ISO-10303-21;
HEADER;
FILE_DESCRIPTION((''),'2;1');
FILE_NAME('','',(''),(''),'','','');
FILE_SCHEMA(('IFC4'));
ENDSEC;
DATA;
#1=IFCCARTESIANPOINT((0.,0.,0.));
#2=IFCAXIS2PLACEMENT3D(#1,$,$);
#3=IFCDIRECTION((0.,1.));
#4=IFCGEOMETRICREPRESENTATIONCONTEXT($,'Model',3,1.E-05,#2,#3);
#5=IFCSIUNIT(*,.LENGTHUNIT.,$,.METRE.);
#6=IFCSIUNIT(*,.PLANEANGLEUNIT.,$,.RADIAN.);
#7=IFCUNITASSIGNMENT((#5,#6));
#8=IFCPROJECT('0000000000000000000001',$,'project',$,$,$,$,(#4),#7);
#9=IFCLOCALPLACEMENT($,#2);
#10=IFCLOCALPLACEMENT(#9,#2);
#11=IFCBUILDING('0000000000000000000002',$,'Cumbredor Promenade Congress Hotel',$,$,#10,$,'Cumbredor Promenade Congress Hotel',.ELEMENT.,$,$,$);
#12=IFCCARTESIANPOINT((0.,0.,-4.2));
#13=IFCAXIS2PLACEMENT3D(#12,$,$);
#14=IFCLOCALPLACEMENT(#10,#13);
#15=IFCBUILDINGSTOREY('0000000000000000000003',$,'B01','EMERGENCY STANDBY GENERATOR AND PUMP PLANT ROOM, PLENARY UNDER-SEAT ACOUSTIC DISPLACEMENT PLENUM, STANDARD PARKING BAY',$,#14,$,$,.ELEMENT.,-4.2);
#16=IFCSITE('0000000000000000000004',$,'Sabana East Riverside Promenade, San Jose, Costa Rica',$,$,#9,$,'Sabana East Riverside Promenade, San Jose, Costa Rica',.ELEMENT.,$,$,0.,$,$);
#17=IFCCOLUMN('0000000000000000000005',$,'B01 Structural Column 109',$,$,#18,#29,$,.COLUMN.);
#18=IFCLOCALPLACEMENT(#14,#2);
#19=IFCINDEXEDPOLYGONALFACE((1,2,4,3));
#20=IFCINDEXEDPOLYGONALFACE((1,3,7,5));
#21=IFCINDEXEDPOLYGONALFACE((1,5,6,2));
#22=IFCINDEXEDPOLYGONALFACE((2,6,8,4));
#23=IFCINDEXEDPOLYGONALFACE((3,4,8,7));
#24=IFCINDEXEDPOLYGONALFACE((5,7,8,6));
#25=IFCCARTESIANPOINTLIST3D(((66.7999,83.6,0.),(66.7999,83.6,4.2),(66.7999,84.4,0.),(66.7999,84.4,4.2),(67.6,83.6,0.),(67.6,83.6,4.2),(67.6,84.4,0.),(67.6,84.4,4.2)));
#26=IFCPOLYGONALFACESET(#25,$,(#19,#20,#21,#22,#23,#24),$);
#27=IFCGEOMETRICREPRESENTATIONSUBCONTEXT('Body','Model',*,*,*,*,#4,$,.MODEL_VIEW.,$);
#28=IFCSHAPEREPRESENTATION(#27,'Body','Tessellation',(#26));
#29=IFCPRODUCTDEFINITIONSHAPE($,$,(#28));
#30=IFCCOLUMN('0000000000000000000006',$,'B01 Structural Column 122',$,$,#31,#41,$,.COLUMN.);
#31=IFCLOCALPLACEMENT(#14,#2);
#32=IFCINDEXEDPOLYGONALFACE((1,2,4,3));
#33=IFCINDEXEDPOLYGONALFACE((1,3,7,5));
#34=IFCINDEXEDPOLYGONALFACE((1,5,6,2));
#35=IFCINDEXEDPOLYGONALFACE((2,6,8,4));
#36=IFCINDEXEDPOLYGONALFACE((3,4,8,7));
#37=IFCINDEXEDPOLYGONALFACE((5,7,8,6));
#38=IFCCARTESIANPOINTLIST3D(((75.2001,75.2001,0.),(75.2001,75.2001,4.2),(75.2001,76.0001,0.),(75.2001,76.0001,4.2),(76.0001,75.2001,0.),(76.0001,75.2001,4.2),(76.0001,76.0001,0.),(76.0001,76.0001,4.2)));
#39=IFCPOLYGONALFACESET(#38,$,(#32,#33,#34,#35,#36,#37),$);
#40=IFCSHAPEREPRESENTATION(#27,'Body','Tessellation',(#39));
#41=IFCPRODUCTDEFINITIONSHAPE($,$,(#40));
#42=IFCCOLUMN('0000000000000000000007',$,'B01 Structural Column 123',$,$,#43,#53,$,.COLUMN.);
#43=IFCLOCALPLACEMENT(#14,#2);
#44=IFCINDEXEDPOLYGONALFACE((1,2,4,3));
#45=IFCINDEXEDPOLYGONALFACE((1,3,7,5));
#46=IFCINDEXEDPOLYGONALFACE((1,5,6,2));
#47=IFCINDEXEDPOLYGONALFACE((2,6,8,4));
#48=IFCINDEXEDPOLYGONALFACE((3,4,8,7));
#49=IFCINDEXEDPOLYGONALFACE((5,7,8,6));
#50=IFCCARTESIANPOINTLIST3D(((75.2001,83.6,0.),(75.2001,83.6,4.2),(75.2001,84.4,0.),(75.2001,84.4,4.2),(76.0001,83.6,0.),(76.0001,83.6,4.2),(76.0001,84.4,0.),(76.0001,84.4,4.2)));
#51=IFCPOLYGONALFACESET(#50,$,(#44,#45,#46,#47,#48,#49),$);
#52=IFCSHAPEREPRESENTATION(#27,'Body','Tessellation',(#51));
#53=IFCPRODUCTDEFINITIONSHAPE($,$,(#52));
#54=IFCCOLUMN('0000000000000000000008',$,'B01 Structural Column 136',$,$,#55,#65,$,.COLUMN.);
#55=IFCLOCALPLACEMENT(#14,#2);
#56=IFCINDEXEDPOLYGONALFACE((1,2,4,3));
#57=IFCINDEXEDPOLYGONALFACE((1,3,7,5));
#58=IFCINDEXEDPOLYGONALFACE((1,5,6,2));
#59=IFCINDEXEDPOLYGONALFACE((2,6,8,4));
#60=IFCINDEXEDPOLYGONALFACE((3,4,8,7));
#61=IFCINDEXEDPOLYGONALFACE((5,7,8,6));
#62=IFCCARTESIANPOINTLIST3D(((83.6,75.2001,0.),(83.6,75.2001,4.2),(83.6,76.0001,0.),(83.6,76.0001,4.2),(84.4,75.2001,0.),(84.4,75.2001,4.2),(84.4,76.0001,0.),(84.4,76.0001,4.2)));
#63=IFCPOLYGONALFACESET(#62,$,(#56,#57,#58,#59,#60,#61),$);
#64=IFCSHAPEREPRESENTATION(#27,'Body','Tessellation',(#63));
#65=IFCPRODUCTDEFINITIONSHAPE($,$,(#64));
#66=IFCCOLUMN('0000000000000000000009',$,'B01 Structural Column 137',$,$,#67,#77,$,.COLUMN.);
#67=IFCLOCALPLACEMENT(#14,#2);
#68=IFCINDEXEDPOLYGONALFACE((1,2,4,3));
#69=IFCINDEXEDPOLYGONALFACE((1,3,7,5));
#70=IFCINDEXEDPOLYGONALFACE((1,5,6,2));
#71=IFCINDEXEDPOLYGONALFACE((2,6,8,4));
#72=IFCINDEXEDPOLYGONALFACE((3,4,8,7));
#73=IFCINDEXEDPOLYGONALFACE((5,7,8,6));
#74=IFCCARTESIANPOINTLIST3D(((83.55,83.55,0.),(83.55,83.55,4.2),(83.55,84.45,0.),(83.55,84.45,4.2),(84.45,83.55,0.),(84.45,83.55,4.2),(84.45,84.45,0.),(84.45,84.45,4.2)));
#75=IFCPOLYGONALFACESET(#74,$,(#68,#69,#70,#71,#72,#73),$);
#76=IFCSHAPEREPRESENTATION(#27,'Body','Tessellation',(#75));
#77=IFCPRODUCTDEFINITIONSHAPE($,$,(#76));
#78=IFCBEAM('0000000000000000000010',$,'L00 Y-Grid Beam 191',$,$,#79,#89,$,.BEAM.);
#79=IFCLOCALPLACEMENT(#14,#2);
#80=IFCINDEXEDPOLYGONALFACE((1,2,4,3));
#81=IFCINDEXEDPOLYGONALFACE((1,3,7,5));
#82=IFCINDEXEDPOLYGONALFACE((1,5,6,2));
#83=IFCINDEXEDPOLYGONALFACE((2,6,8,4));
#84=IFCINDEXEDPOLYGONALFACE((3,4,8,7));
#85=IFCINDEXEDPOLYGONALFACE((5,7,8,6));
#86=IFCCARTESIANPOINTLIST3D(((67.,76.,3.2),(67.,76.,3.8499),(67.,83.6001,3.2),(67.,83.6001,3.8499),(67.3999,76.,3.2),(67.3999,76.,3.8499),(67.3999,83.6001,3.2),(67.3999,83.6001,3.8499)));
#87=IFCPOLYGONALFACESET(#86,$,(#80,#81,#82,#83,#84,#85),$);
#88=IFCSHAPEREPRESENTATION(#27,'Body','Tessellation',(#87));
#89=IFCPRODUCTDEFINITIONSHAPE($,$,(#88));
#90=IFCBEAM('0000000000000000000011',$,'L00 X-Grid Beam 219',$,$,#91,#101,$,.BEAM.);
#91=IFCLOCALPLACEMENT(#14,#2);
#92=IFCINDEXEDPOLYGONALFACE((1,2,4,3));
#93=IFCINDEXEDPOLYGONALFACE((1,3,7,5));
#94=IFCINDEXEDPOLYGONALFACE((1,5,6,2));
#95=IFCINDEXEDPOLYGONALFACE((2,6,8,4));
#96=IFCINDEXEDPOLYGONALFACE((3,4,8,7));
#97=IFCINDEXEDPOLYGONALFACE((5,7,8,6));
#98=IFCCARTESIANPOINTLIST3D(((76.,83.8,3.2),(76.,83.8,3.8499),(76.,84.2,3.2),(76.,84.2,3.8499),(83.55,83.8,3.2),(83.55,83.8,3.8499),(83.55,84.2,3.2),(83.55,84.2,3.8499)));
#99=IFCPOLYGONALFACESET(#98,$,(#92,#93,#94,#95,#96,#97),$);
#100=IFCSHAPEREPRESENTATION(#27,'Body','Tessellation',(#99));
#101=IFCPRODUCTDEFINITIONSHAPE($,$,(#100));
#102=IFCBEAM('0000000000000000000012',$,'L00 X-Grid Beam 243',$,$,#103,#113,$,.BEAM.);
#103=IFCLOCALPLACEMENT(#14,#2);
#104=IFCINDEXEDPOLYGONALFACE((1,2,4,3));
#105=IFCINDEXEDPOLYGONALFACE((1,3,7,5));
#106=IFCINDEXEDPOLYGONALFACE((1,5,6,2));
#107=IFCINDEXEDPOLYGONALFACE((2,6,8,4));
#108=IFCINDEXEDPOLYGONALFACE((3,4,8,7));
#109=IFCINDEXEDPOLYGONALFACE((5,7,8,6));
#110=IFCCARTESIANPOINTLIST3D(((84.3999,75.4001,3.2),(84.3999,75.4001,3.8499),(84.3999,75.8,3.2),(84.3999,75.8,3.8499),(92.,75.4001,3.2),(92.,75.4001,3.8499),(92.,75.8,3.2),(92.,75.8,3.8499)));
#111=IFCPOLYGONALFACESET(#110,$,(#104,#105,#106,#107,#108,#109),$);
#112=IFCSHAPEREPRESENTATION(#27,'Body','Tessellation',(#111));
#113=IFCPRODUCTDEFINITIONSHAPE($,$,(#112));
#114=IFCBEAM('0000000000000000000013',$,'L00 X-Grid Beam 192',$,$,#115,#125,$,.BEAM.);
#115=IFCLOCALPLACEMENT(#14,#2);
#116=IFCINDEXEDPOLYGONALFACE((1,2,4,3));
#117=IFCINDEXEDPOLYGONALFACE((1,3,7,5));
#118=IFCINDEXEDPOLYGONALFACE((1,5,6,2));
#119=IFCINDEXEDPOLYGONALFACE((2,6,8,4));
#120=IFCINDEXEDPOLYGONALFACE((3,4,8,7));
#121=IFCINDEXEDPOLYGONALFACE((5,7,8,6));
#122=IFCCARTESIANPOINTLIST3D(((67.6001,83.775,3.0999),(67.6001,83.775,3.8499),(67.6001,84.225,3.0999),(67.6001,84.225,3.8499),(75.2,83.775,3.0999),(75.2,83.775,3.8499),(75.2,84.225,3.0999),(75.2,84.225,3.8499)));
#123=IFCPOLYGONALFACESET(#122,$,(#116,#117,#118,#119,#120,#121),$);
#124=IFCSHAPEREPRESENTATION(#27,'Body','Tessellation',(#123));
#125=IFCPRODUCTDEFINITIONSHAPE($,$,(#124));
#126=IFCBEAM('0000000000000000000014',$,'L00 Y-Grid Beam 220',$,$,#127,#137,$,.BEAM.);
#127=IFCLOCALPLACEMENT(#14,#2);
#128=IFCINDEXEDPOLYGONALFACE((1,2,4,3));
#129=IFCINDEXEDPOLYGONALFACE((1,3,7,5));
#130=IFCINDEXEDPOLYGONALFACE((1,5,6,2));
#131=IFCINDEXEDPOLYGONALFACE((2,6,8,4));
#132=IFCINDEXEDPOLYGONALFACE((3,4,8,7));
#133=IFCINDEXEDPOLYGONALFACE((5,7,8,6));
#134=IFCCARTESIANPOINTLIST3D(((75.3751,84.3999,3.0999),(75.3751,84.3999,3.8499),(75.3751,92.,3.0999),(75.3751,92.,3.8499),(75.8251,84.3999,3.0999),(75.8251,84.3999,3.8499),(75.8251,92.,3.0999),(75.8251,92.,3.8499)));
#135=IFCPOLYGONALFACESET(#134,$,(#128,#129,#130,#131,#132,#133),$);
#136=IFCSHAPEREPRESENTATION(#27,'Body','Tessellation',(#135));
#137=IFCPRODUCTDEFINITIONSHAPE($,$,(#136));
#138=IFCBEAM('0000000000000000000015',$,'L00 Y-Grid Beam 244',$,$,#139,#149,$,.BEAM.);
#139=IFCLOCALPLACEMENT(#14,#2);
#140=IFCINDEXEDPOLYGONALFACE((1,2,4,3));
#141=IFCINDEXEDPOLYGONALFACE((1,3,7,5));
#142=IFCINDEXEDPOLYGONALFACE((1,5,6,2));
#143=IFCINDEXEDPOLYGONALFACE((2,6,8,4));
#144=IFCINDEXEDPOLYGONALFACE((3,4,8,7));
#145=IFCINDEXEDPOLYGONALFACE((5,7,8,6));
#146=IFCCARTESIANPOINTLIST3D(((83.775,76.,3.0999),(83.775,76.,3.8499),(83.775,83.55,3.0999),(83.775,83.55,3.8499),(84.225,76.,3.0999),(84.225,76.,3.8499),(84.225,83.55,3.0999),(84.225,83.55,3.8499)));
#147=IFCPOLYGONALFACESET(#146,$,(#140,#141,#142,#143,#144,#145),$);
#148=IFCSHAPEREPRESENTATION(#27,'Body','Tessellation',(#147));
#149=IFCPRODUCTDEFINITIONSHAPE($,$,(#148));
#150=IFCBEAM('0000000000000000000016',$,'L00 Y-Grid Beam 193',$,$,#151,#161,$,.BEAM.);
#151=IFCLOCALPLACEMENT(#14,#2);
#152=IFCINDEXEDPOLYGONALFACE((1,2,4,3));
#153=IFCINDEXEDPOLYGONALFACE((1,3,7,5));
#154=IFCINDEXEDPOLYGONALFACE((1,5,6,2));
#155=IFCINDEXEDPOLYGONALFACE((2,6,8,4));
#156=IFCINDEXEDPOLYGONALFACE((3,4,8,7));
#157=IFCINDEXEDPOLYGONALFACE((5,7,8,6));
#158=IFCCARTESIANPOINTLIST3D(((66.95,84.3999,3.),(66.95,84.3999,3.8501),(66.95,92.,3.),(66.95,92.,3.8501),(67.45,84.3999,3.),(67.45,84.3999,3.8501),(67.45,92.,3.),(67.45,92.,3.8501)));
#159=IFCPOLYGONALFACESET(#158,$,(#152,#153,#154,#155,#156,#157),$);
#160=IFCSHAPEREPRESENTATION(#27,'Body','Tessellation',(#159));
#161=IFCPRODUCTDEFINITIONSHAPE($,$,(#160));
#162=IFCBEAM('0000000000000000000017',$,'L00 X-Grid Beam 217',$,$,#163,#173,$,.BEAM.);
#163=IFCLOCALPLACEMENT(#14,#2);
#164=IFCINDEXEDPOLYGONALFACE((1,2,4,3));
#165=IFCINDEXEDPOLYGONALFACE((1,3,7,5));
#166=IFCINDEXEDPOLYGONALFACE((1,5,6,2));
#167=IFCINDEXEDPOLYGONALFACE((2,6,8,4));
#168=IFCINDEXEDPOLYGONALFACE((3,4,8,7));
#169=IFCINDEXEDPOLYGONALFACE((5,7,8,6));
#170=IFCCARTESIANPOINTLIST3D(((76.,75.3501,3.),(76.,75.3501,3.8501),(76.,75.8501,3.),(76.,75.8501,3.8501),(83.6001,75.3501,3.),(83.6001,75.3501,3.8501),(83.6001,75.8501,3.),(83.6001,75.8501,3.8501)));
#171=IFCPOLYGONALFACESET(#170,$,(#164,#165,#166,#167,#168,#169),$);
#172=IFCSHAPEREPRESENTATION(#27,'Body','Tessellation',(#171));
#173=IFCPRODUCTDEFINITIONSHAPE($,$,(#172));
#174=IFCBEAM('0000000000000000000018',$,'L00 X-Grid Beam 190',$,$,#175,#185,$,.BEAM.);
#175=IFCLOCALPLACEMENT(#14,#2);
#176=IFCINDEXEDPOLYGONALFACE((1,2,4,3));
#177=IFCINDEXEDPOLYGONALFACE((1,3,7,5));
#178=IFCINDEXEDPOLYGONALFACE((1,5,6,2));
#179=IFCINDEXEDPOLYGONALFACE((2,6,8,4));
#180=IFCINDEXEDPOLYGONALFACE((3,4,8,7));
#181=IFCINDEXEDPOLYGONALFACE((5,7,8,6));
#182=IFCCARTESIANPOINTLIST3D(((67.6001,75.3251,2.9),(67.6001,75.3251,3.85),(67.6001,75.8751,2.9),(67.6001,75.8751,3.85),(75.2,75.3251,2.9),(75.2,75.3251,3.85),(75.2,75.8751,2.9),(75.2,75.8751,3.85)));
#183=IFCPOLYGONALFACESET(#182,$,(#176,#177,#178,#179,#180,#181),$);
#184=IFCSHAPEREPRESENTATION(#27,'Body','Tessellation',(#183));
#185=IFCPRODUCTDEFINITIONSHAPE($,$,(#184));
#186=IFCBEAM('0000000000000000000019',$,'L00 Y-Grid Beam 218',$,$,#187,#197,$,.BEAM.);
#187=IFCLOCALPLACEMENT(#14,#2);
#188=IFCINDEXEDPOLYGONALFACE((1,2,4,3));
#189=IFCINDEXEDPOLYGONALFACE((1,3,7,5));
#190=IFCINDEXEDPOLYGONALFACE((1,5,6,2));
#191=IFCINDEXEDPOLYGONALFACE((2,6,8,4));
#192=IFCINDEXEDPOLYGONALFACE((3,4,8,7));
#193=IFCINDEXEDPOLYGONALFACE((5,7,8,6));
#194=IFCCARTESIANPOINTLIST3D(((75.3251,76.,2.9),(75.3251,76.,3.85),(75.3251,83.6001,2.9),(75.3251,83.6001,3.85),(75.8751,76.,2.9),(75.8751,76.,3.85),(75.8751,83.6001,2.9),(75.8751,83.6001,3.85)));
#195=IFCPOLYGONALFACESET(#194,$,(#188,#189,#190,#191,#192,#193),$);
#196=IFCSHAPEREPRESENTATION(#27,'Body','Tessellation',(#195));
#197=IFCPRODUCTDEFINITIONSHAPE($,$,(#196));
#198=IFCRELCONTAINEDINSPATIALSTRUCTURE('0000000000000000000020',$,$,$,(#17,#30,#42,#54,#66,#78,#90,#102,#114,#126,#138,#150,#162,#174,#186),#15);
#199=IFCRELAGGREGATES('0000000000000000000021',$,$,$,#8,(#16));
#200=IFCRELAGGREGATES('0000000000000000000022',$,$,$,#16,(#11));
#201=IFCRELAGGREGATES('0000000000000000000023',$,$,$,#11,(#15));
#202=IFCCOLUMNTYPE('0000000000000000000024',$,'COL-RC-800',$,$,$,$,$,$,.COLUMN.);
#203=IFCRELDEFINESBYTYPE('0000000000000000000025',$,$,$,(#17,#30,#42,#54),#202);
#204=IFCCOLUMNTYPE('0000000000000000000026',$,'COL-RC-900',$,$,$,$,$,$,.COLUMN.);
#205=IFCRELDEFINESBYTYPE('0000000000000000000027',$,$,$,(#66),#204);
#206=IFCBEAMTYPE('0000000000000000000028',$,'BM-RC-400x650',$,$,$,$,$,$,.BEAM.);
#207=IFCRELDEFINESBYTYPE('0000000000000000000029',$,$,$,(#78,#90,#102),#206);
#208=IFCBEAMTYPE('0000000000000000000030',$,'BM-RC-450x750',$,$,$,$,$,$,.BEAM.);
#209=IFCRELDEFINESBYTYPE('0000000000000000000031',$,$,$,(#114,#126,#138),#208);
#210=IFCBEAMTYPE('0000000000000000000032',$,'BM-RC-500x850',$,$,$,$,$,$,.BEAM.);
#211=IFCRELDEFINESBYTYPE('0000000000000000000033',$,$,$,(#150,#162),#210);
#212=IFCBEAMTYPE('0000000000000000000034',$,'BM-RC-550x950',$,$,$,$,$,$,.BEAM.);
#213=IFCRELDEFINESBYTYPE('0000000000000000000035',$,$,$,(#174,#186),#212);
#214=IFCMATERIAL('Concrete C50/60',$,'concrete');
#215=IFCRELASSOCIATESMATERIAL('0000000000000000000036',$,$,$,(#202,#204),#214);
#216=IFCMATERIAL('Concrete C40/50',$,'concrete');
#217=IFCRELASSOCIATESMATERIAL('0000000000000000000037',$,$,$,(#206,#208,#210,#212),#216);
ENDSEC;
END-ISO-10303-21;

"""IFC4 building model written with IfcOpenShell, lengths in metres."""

from ifc_helpers import new_model, si_unit, direction, frame, origin, origin_2d, place, context, subcontext, project, spatial, rectangle, extrude, material, material_profile, profile_set, type_object, element, save


model = new_model("IFC4")

# Units and contexts
model_context = context("Model", 3, precision=1e-05, world=origin(), true_north=direction((0.0, 1.0)))
body_context = subcontext(model_context, "Body", "Model", "MODEL_VIEW")
ifc_project = project(units=[si_unit("LENGTHUNIT", "METRE"), si_unit("PLANEANGLEUNIT", "RADIAN")], contexts=[model_context])

# Site, building, storey
site_placement = place(None, origin())
site = spatial("IfcSite", under=ifc_project, at=site_placement, Name="Sabana East Riverside Promenade, San Jose, Costa Rica", LongName="Sabana East Riverside Promenade, San Jose, Costa Rica", CompositionType="ELEMENT", RefElevation=0.0)
building_placement = place(site_placement, origin())
building = spatial("IfcBuilding", under=site, at=building_placement, Name="Cumbredor Promenade Congress Hotel", LongName="Cumbredor Promenade Congress Hotel", CompositionType="ELEMENT")
storey_placement = place(building_placement, frame((0.0, 0.0, -4.2)))
storey = spatial("IfcBuildingStorey", under=building, at=storey_placement, Name="B01", Description="EMERGENCY STANDBY GENERATOR AND PUMP PLANT ROOM, PLENARY UNDER-SEAT ACOUSTIC DISPLACEMENT PLENUM, STANDARD PARKING BAY", CompositionType="ELEMENT", Elevation=-4.2)

# Columns
ifc_material_1 = material(Name="Concrete C50/60", Category="concrete")
ifc_material_profile_1 = material_profile(ifc_material_1, rectangle(XDim=0.8, YDim=0.8, at=origin_2d()), Name="RC 800x800")
ifc_profile_set_1 = profile_set([ifc_material_profile_1], Name="Concrete C50/60")
column_type_1 = type_object("IfcColumnType", Name="COL-RC-800", PredefinedType="COLUMN", material=ifc_profile_set_1)
for number, where, z_axis, x_axis, name in (
    (1, (67.2, 84.0, 0.0), (0.0, 0.0, 1.0), (1.0, 0.0, 0.0), "B01 Structural Column 109"),
    (2, (75.6001, 75.6001, 0.0), (0.0, 0.0, 1.0), (1.0, 0.0, 0.0), "B01 Structural Column 122"),
    (3, (75.6001, 84.0, 0.0), (0.0, 0.0, 1.0), (1.0, 0.0, 0.0), "B01 Structural Column 123"),
    (4, (84.0, 75.6001, 0.0), (0.0, 0.0, 1.0), (1.0, 0.0, 0.0), "B01 Structural Column 136"),
):
    element("IfcColumn", number, at=place(storey_placement, frame(where, z_axis=z_axis, x_axis=x_axis)), inside=storey, type_object=column_type_1, Name=name, PredefinedType="COLUMN", context=body_context, shape_type="SweptSolid", body=[
        extrude(rectangle(XDim=0.8, YDim=0.8, at=origin_2d()), origin(), (0.0, 0.0, 1.0), 4.2),
    ])
ifc_material_profile_2 = material_profile(ifc_material_1, rectangle(XDim=0.8999, YDim=0.8999, at=origin_2d()), Name="RC 900x900")
ifc_profile_set_2 = profile_set([ifc_material_profile_2], Name="Concrete C50/60")
column_type_2 = type_object("IfcColumnType", Name="COL-RC-900", PredefinedType="COLUMN", material=ifc_profile_set_2)
column_placement = place(storey_placement, frame((84.0, 84.0, 0.0), z_axis=(0.0, 0.0, 1.0), x_axis=(1.0, 0.0, 0.0)))
element("IfcColumn", 5, at=column_placement, inside=storey, type_object=column_type_2, Name="B01 Structural Column 137", PredefinedType="COLUMN", context=body_context, shape_type="SweptSolid", body=[
    extrude(rectangle(XDim=0.8999, YDim=0.8999, at=origin_2d()), origin(), (0.0, 0.0, 1.0), 4.2),
])

# Beams
ifc_material_2 = material(Name="Concrete C40/50", Category="concrete")
ifc_material_profile_3 = material_profile(ifc_material_2, rectangle(XDim=0.3999, YDim=0.6499, at=origin_2d()), Name="RC BEAM 400x650")
ifc_profile_set_3 = profile_set([ifc_material_profile_3], Name="Concrete C40/50")
beam_type_1 = type_object("IfcBeamType", Name="BM-RC-400x650", PredefinedType="BEAM", material=ifc_profile_set_3)
beam_1_placement = place(storey_placement, frame((67.2, 76.0, 3.5249), z_axis=(0.0, 1.0, 0.0), x_axis=(-1.0, 0.0, 0.0)))
element("IfcBeam", 6, at=beam_1_placement, inside=storey, type_object=beam_type_1, Name="L00 Y-Grid Beam 191", PredefinedType="BEAM", context=body_context, shape_type="SweptSolid", body=[
    extrude(rectangle(XDim=0.3999, YDim=0.6499, at=origin_2d()), origin(), (0.0, 0.0, 1.0), 7.6001),
])
beam_2_placement = place(storey_placement, frame((76.0, 84.0, 3.5249), z_axis=(1.0, 0.0, 0.0), x_axis=(0.0, 1.0, 0.0)))
element("IfcBeam", 7, at=beam_2_placement, inside=storey, type_object=beam_type_1, Name="L00 X-Grid Beam 219", PredefinedType="BEAM", context=body_context, shape_type="SweptSolid", body=[
    extrude(rectangle(XDim=0.3999, YDim=0.6499, at=origin_2d()), origin(), (0.0, 0.0, 1.0), 7.55),
])
beam_3_placement = place(storey_placement, frame((84.3999, 75.6001, 3.5249), z_axis=(1.0, 0.0, 0.0), x_axis=(0.0, 1.0, 0.0)))
element("IfcBeam", 8, at=beam_3_placement, inside=storey, type_object=beam_type_1, Name="L00 X-Grid Beam 243", PredefinedType="BEAM", context=body_context, shape_type="SweptSolid", body=[
    extrude(rectangle(XDim=0.3999, YDim=0.6499, at=origin_2d()), origin(), (0.0, 0.0, 1.0), 7.6001),
])
ifc_material_profile_4 = material_profile(ifc_material_2, rectangle(XDim=0.45, YDim=0.75, at=origin_2d()), Name="RC BEAM 450x750")
ifc_profile_set_4 = profile_set([ifc_material_profile_4], Name="Concrete C40/50")
beam_type_2 = type_object("IfcBeamType", Name="BM-RC-450x750", PredefinedType="BEAM", material=ifc_profile_set_4)
beam_4_placement = place(storey_placement, frame((67.6001, 84.0, 3.4749), z_axis=(1.0, 0.0, 0.0), x_axis=(0.0, 1.0, 0.0)))
element("IfcBeam", 9, at=beam_4_placement, inside=storey, type_object=beam_type_2, Name="L00 X-Grid Beam 192", PredefinedType="BEAM", context=body_context, shape_type="SweptSolid", body=[
    extrude(rectangle(XDim=0.45, YDim=0.75, at=origin_2d()), origin(), (0.0, 0.0, 1.0), 7.5999),
])
beam_5_placement = place(storey_placement, frame((75.6001, 84.3999, 3.4749), z_axis=(0.0, 1.0, 0.0), x_axis=(-1.0, 0.0, 0.0)))
element("IfcBeam", 10, at=beam_5_placement, inside=storey, type_object=beam_type_2, Name="L00 Y-Grid Beam 220", PredefinedType="BEAM", context=body_context, shape_type="SweptSolid", body=[
    extrude(rectangle(XDim=0.45, YDim=0.75, at=origin_2d()), origin(), (0.0, 0.0, 1.0), 7.6001),
])
beam_6_placement = place(storey_placement, frame((84.0, 76.0, 3.4749), z_axis=(0.0, 1.0, 0.0), x_axis=(-1.0, 0.0, 0.0)))
element("IfcBeam", 11, at=beam_6_placement, inside=storey, type_object=beam_type_2, Name="L00 Y-Grid Beam 244", PredefinedType="BEAM", context=body_context, shape_type="SweptSolid", body=[
    extrude(rectangle(XDim=0.45, YDim=0.75, at=origin_2d()), origin(), (0.0, 0.0, 1.0), 7.55),
])
ifc_material_profile_5 = material_profile(ifc_material_2, rectangle(XDim=0.5, YDim=0.8501, at=origin_2d()), Name="RC BEAM 500x850")
ifc_profile_set_5 = profile_set([ifc_material_profile_5], Name="Concrete C40/50")
beam_type_3 = type_object("IfcBeamType", Name="BM-RC-500x850", PredefinedType="BEAM", material=ifc_profile_set_5)
for number, where, z_axis, x_axis, name in (
    (12, (67.2, 84.3999, 3.425), (0.0, 1.0, 0.0), (-1.0, 0.0, 0.0), "L00 Y-Grid Beam 193"),
    (13, (76.0, 75.6001, 3.425), (1.0, 0.0, 0.0), (0.0, 1.0, 0.0), "L00 X-Grid Beam 217"),
):
    element("IfcBeam", number, at=place(storey_placement, frame(where, z_axis=z_axis, x_axis=x_axis)), inside=storey, type_object=beam_type_3, Name=name, PredefinedType="BEAM", context=body_context, shape_type="SweptSolid", body=[
        extrude(rectangle(XDim=0.5, YDim=0.8501, at=origin_2d()), origin(), (0.0, 0.0, 1.0), 7.6001),
    ])
ifc_material_profile_6 = material_profile(ifc_material_2, rectangle(XDim=0.55, YDim=0.95, at=origin_2d()), Name="RC BEAM 550x950")
ifc_profile_set_6 = profile_set([ifc_material_profile_6], Name="Concrete C40/50")
beam_type_4 = type_object("IfcBeamType", Name="BM-RC-550x950", PredefinedType="BEAM", material=ifc_profile_set_6)
beam_7_placement = place(storey_placement, frame((67.6001, 75.6001, 3.375), z_axis=(1.0, 0.0, 0.0), x_axis=(0.0, 1.0, 0.0)))
element("IfcBeam", 14, at=beam_7_placement, inside=storey, type_object=beam_type_4, Name="L00 X-Grid Beam 190", PredefinedType="BEAM", context=body_context, shape_type="SweptSolid", body=[
    extrude(rectangle(XDim=0.55, YDim=0.95, at=origin_2d()), origin(), (0.0, 0.0, 1.0), 7.5999),
])
beam_8_placement = place(storey_placement, frame((75.6001, 76.0, 3.375), z_axis=(0.0, 1.0, 0.0), x_axis=(-1.0, 0.0, 0.0)))
element("IfcBeam", 15, at=beam_8_placement, inside=storey, type_object=beam_type_4, Name="L00 Y-Grid Beam 218", PredefinedType="BEAM", context=body_context, shape_type="SweptSolid", body=[
    extrude(rectangle(XDim=0.55, YDim=0.95, at=origin_2d()), origin(), (0.0, 0.0, 1.0), 7.6001),
])

save(model, "model.ifc")
